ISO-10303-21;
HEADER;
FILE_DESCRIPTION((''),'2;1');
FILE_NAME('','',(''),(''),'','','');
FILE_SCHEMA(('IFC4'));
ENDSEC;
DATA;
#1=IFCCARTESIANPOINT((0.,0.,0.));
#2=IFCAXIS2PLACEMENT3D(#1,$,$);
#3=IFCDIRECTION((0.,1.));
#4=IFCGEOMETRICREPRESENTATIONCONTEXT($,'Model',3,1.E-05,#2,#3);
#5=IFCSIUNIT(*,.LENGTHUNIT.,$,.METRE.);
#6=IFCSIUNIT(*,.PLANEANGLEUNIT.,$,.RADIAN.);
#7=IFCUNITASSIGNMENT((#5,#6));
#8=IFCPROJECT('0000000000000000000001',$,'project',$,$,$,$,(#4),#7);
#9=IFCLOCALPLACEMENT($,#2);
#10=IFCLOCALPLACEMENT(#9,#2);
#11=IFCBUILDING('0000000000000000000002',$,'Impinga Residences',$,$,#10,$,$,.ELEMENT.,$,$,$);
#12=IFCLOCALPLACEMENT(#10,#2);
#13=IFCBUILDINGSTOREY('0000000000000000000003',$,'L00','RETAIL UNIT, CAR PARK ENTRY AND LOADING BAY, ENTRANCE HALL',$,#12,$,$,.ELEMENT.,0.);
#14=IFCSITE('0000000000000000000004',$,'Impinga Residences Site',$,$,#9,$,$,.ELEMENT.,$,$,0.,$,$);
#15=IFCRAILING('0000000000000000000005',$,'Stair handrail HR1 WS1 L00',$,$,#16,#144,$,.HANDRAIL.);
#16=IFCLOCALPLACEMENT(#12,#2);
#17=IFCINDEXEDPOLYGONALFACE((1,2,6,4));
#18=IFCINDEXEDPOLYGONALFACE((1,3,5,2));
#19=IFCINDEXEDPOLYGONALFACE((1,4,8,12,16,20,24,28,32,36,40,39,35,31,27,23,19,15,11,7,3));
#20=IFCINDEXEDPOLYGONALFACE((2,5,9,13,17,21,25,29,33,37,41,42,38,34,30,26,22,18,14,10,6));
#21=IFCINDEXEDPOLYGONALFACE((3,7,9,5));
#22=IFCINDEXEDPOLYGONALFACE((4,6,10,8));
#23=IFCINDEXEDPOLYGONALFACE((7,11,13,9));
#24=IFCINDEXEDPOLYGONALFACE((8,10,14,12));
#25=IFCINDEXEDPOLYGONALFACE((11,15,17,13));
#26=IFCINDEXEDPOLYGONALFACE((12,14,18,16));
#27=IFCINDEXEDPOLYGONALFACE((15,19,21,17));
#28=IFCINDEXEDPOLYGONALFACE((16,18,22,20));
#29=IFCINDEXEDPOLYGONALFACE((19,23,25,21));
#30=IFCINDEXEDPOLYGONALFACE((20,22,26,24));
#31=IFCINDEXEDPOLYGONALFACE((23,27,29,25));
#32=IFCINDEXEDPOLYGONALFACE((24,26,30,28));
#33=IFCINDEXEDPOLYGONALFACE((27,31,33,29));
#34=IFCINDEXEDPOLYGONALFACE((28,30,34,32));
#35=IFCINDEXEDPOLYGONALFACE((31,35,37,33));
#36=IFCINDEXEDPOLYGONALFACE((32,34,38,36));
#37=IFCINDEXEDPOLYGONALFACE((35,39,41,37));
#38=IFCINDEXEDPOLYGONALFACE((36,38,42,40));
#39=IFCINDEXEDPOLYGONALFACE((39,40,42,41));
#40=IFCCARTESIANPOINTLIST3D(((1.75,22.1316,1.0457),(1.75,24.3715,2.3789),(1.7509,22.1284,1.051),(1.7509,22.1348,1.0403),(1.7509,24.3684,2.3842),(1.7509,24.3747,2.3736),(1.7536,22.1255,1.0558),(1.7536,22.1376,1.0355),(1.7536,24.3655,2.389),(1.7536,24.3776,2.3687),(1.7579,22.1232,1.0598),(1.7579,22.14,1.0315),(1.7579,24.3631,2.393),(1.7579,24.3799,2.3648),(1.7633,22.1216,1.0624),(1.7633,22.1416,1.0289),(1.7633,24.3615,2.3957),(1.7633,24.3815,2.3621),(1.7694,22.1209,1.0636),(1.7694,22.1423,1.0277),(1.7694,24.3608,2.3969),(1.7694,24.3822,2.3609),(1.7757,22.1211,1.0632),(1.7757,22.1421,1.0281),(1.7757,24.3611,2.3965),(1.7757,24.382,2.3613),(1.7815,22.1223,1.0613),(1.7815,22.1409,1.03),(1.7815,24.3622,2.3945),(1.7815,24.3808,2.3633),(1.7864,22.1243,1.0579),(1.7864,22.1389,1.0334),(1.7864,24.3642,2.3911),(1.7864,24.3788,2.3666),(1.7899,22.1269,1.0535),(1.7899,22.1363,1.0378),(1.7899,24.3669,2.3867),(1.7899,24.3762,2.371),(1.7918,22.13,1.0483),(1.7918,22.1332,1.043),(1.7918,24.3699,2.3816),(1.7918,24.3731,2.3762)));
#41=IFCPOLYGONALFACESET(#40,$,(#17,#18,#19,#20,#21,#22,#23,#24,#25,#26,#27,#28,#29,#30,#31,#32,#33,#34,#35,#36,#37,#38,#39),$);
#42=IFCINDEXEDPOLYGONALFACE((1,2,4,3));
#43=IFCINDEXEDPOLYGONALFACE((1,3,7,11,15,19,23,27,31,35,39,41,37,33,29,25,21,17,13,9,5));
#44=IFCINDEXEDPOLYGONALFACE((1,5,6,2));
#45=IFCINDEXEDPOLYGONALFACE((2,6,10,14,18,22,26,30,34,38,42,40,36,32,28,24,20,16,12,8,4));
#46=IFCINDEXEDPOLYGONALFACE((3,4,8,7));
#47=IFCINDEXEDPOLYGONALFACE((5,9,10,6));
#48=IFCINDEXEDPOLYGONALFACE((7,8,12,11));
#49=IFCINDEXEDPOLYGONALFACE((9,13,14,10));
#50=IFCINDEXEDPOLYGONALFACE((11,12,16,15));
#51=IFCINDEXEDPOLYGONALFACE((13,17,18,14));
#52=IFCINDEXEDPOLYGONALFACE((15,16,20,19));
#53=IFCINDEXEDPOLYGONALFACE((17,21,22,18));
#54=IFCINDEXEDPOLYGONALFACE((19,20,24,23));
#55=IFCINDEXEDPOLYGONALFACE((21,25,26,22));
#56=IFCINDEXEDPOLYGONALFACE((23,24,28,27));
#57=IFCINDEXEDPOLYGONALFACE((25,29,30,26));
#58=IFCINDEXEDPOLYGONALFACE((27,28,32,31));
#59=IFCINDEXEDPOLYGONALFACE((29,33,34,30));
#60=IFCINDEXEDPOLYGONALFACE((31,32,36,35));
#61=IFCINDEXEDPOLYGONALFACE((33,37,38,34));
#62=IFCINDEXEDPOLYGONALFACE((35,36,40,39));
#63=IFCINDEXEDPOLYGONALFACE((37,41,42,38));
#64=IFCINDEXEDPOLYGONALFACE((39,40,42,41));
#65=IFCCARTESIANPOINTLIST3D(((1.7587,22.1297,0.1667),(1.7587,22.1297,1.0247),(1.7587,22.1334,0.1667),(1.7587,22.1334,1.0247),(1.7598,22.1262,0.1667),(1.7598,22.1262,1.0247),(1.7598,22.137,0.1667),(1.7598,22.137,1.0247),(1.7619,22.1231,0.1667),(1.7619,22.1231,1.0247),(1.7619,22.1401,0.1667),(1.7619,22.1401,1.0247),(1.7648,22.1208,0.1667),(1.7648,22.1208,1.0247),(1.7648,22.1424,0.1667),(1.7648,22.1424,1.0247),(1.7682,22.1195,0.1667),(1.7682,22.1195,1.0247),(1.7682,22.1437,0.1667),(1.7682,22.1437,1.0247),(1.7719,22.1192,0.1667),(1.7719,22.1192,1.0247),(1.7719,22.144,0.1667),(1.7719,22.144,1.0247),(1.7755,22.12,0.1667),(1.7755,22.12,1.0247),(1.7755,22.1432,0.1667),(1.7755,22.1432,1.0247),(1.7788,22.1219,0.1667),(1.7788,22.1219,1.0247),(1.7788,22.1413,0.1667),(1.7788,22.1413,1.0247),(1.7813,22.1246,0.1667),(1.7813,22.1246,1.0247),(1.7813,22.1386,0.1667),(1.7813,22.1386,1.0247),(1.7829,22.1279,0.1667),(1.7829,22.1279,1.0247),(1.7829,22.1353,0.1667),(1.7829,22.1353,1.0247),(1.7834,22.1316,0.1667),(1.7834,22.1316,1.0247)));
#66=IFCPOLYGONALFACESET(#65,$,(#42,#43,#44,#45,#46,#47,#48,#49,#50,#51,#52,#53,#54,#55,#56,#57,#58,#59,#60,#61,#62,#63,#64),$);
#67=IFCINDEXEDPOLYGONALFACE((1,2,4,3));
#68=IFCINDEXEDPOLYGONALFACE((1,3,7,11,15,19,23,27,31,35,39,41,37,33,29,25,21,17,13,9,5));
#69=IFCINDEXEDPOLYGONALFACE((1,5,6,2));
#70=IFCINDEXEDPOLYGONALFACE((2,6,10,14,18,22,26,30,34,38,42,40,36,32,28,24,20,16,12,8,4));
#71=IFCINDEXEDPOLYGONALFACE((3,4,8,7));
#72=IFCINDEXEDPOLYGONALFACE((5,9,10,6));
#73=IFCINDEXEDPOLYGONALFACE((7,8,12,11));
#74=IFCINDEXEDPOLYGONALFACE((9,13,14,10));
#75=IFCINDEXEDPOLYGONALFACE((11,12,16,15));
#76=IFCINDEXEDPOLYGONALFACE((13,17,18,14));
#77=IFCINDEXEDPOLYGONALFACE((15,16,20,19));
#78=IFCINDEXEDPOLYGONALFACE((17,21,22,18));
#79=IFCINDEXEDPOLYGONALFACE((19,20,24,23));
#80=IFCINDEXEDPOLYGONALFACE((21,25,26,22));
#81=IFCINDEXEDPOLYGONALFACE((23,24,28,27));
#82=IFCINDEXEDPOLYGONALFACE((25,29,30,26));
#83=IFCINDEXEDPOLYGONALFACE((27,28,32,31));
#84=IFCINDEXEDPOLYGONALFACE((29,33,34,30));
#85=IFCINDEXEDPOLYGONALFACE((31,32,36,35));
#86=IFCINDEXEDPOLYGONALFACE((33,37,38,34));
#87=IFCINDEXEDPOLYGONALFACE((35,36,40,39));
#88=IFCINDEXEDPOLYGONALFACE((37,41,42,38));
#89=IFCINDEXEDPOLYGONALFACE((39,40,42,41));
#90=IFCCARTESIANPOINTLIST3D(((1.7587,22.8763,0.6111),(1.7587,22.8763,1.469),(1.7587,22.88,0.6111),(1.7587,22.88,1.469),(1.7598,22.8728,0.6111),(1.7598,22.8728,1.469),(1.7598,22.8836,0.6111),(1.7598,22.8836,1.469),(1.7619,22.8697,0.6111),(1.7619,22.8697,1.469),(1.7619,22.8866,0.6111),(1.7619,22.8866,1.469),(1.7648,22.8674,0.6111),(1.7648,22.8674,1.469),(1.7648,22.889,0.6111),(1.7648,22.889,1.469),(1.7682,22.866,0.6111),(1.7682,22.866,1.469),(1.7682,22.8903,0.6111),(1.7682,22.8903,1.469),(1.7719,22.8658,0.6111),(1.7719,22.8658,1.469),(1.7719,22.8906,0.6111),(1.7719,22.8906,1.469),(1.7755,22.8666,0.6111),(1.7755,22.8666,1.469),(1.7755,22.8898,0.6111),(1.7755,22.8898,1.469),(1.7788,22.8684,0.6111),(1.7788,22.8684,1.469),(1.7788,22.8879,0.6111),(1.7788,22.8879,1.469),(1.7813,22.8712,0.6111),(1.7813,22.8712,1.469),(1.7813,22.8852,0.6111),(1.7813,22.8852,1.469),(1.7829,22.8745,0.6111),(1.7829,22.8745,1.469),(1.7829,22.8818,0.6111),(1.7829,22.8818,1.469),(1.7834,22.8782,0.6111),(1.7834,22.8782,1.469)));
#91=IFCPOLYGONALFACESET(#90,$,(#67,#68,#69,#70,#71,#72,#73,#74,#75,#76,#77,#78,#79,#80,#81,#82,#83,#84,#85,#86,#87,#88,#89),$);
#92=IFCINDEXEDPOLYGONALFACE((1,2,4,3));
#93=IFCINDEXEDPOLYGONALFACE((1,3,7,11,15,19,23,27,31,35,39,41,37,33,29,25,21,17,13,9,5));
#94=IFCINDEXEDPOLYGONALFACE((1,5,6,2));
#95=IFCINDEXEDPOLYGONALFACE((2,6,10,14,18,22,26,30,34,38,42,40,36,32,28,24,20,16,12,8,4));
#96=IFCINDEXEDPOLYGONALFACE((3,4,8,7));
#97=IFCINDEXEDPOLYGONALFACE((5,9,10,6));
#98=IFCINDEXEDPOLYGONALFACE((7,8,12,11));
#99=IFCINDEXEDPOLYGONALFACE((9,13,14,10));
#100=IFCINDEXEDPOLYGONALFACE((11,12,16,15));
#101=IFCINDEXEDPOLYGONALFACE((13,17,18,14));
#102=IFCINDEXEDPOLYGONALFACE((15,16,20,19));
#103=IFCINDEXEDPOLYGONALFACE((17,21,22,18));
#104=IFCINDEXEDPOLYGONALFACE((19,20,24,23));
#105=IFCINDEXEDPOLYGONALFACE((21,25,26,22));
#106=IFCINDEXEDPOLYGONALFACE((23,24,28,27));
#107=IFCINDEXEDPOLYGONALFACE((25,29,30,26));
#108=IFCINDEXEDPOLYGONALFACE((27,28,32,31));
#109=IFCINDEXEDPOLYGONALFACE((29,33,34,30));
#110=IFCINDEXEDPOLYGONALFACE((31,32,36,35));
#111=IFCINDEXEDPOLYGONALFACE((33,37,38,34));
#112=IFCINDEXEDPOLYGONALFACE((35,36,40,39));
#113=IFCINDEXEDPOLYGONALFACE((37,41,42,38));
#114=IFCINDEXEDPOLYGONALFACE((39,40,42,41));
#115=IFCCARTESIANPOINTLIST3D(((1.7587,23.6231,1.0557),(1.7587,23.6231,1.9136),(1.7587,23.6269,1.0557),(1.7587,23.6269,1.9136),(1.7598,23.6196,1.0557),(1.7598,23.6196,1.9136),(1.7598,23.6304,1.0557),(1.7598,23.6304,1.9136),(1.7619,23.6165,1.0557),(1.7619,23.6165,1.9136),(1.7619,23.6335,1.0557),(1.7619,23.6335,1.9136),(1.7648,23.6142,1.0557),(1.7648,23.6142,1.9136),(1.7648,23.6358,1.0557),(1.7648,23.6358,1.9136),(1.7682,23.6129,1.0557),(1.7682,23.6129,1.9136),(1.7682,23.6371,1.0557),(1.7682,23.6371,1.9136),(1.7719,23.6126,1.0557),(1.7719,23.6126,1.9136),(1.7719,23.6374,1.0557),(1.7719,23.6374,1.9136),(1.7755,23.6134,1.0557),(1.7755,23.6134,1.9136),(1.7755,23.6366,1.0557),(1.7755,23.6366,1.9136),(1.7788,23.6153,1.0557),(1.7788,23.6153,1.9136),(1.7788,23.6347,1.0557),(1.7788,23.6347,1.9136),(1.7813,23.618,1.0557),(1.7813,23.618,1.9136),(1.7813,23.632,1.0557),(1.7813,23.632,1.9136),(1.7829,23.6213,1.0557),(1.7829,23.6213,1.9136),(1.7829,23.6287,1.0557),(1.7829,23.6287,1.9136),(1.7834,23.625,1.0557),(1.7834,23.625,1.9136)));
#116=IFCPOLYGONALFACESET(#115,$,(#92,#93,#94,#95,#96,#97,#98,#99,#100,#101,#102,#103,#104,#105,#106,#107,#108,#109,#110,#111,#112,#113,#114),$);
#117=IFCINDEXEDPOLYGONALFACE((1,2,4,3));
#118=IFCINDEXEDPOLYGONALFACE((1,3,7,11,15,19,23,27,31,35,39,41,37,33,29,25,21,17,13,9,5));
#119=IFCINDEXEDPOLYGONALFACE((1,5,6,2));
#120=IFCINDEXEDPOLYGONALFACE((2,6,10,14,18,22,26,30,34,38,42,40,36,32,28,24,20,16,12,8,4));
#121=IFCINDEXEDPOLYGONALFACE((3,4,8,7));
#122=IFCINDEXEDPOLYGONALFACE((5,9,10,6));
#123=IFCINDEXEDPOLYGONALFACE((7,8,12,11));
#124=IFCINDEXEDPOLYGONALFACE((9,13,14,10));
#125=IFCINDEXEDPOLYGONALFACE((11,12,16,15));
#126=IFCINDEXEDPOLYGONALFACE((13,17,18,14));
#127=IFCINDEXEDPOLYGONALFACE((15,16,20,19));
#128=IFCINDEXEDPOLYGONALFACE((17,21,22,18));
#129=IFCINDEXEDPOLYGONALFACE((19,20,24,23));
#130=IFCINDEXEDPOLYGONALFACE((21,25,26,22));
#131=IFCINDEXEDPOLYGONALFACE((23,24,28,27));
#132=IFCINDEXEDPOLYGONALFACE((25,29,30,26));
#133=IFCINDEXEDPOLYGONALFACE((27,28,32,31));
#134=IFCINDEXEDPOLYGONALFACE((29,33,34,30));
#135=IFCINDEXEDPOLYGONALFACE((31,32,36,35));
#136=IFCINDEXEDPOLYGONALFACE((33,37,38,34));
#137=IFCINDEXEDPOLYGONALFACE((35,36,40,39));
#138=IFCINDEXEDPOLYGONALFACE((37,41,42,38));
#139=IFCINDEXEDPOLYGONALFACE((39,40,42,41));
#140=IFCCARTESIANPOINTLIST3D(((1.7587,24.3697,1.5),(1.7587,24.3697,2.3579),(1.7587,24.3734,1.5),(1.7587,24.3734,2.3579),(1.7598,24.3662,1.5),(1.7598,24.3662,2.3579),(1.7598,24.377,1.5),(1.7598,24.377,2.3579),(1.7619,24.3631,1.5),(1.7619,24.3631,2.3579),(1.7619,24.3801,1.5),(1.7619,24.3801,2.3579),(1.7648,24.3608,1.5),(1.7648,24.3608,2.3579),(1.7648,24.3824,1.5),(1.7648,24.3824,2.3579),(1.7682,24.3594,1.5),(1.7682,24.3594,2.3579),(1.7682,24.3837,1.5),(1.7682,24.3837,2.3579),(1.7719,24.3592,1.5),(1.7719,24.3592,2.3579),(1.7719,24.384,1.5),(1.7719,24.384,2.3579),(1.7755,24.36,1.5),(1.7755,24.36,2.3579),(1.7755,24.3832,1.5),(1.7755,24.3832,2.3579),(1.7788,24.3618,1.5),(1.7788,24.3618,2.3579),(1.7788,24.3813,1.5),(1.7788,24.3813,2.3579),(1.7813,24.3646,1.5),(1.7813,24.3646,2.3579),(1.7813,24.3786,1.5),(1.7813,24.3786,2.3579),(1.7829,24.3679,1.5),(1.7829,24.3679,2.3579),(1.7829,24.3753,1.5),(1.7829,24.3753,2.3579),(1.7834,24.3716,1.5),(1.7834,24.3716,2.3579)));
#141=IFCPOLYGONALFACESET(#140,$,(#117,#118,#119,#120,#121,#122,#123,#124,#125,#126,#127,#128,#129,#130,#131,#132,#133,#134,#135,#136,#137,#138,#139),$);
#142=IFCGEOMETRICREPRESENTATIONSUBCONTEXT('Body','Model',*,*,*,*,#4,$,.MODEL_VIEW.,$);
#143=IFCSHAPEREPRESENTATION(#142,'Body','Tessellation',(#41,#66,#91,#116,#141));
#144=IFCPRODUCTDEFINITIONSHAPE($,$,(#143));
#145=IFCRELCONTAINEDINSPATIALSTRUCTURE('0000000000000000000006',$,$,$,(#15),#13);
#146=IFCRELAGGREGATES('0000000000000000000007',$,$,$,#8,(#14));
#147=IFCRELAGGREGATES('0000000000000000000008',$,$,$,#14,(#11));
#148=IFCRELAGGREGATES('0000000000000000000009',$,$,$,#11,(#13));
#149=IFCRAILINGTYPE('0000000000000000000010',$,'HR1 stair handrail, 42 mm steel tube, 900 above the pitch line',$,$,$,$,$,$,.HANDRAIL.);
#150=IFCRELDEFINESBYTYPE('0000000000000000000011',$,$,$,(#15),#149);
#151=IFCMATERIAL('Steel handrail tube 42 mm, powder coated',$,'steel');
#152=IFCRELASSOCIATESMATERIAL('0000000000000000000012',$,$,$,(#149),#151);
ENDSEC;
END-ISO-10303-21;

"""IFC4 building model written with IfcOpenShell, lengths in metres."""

from ifc_helpers import new_model, si_unit, direction, frame, origin, origin_2d, place, context, subcontext, project, spatial, circle, extrude, material, type_object, element, save


model = new_model("IFC4")

# Units and contexts
model_context = context("Model", 3, precision=1e-05, world=origin(), true_north=direction((0.0, 1.0)))
body_context = subcontext(model_context, "Body", "Model", "MODEL_VIEW")
ifc_project = project(units=[si_unit("LENGTHUNIT", "METRE"), si_unit("PLANEANGLEUNIT", "RADIAN")], contexts=[model_context])

# Site, building, storey
site_placement = place(None, origin())
site = spatial("IfcSite", under=ifc_project, at=site_placement, Name="Impinga Residences Site", CompositionType="ELEMENT", RefElevation=0.0)
building_placement = place(site_placement, origin())
building = spatial("IfcBuilding", under=site, at=building_placement, Name="Impinga Residences", CompositionType="ELEMENT")
storey_placement = place(building_placement, origin())
storey = spatial("IfcBuildingStorey", under=building, at=storey_placement, Name="L00", Description="RETAIL UNIT, CAR PARK ENTRY AND LOADING BAY, ENTRANCE HALL", CompositionType="ELEMENT", Elevation=0.0)

# Railing
ifc_material_1 = material(Name="Steel handrail tube 42 mm, powder coated", Category="steel")
railing_type_1 = type_object("IfcRailingType", Name="HR1 stair handrail, 42 mm steel tube, 900 above the pitch line", PredefinedType="HANDRAIL", material=ifc_material_1)
railing_1_placement = place(storey_placement, frame((1.771, 22.1316, 0.1667)))
element("IfcRailing", 1, at=railing_1_placement, inside=storey, type_object=railing_type_1, Name="Stair handrail HR1 WS1 L00", PredefinedType="HANDRAIL", context=body_context, shape_type="SweptSolid", body=[
    extrude(circle(Radius=0.021, at=origin_2d()), frame((0.0, 0.0, 0.8789), z_axis=(0.0, 0.859306, 0.511462), x_axis=(-1.0, 0.0, 0.0)), (0.0, 0.0, 1.0), 2.6067),
    extrude(circle(Radius=0.0125, at=origin_2d()), origin(), (0.0, 0.0, 1.0), 0.8579),
    extrude(circle(Radius=0.0125, at=origin_2d()), frame((0.0, 0.7466, 0.4443)), (0.0, 0.0, 1.0), 0.8579),
    extrude(circle(Radius=0.0125, at=origin_2d()), frame((0.0, 1.4934, 0.8889)), (0.0, 0.0, 1.0), 0.8579),
    extrude(circle(Radius=0.0125, at=origin_2d()), frame((0.0, 2.24, 1.3333)), (0.0, 0.0, 1.0), 0.8579),
])

save(model, "model.ifc")
